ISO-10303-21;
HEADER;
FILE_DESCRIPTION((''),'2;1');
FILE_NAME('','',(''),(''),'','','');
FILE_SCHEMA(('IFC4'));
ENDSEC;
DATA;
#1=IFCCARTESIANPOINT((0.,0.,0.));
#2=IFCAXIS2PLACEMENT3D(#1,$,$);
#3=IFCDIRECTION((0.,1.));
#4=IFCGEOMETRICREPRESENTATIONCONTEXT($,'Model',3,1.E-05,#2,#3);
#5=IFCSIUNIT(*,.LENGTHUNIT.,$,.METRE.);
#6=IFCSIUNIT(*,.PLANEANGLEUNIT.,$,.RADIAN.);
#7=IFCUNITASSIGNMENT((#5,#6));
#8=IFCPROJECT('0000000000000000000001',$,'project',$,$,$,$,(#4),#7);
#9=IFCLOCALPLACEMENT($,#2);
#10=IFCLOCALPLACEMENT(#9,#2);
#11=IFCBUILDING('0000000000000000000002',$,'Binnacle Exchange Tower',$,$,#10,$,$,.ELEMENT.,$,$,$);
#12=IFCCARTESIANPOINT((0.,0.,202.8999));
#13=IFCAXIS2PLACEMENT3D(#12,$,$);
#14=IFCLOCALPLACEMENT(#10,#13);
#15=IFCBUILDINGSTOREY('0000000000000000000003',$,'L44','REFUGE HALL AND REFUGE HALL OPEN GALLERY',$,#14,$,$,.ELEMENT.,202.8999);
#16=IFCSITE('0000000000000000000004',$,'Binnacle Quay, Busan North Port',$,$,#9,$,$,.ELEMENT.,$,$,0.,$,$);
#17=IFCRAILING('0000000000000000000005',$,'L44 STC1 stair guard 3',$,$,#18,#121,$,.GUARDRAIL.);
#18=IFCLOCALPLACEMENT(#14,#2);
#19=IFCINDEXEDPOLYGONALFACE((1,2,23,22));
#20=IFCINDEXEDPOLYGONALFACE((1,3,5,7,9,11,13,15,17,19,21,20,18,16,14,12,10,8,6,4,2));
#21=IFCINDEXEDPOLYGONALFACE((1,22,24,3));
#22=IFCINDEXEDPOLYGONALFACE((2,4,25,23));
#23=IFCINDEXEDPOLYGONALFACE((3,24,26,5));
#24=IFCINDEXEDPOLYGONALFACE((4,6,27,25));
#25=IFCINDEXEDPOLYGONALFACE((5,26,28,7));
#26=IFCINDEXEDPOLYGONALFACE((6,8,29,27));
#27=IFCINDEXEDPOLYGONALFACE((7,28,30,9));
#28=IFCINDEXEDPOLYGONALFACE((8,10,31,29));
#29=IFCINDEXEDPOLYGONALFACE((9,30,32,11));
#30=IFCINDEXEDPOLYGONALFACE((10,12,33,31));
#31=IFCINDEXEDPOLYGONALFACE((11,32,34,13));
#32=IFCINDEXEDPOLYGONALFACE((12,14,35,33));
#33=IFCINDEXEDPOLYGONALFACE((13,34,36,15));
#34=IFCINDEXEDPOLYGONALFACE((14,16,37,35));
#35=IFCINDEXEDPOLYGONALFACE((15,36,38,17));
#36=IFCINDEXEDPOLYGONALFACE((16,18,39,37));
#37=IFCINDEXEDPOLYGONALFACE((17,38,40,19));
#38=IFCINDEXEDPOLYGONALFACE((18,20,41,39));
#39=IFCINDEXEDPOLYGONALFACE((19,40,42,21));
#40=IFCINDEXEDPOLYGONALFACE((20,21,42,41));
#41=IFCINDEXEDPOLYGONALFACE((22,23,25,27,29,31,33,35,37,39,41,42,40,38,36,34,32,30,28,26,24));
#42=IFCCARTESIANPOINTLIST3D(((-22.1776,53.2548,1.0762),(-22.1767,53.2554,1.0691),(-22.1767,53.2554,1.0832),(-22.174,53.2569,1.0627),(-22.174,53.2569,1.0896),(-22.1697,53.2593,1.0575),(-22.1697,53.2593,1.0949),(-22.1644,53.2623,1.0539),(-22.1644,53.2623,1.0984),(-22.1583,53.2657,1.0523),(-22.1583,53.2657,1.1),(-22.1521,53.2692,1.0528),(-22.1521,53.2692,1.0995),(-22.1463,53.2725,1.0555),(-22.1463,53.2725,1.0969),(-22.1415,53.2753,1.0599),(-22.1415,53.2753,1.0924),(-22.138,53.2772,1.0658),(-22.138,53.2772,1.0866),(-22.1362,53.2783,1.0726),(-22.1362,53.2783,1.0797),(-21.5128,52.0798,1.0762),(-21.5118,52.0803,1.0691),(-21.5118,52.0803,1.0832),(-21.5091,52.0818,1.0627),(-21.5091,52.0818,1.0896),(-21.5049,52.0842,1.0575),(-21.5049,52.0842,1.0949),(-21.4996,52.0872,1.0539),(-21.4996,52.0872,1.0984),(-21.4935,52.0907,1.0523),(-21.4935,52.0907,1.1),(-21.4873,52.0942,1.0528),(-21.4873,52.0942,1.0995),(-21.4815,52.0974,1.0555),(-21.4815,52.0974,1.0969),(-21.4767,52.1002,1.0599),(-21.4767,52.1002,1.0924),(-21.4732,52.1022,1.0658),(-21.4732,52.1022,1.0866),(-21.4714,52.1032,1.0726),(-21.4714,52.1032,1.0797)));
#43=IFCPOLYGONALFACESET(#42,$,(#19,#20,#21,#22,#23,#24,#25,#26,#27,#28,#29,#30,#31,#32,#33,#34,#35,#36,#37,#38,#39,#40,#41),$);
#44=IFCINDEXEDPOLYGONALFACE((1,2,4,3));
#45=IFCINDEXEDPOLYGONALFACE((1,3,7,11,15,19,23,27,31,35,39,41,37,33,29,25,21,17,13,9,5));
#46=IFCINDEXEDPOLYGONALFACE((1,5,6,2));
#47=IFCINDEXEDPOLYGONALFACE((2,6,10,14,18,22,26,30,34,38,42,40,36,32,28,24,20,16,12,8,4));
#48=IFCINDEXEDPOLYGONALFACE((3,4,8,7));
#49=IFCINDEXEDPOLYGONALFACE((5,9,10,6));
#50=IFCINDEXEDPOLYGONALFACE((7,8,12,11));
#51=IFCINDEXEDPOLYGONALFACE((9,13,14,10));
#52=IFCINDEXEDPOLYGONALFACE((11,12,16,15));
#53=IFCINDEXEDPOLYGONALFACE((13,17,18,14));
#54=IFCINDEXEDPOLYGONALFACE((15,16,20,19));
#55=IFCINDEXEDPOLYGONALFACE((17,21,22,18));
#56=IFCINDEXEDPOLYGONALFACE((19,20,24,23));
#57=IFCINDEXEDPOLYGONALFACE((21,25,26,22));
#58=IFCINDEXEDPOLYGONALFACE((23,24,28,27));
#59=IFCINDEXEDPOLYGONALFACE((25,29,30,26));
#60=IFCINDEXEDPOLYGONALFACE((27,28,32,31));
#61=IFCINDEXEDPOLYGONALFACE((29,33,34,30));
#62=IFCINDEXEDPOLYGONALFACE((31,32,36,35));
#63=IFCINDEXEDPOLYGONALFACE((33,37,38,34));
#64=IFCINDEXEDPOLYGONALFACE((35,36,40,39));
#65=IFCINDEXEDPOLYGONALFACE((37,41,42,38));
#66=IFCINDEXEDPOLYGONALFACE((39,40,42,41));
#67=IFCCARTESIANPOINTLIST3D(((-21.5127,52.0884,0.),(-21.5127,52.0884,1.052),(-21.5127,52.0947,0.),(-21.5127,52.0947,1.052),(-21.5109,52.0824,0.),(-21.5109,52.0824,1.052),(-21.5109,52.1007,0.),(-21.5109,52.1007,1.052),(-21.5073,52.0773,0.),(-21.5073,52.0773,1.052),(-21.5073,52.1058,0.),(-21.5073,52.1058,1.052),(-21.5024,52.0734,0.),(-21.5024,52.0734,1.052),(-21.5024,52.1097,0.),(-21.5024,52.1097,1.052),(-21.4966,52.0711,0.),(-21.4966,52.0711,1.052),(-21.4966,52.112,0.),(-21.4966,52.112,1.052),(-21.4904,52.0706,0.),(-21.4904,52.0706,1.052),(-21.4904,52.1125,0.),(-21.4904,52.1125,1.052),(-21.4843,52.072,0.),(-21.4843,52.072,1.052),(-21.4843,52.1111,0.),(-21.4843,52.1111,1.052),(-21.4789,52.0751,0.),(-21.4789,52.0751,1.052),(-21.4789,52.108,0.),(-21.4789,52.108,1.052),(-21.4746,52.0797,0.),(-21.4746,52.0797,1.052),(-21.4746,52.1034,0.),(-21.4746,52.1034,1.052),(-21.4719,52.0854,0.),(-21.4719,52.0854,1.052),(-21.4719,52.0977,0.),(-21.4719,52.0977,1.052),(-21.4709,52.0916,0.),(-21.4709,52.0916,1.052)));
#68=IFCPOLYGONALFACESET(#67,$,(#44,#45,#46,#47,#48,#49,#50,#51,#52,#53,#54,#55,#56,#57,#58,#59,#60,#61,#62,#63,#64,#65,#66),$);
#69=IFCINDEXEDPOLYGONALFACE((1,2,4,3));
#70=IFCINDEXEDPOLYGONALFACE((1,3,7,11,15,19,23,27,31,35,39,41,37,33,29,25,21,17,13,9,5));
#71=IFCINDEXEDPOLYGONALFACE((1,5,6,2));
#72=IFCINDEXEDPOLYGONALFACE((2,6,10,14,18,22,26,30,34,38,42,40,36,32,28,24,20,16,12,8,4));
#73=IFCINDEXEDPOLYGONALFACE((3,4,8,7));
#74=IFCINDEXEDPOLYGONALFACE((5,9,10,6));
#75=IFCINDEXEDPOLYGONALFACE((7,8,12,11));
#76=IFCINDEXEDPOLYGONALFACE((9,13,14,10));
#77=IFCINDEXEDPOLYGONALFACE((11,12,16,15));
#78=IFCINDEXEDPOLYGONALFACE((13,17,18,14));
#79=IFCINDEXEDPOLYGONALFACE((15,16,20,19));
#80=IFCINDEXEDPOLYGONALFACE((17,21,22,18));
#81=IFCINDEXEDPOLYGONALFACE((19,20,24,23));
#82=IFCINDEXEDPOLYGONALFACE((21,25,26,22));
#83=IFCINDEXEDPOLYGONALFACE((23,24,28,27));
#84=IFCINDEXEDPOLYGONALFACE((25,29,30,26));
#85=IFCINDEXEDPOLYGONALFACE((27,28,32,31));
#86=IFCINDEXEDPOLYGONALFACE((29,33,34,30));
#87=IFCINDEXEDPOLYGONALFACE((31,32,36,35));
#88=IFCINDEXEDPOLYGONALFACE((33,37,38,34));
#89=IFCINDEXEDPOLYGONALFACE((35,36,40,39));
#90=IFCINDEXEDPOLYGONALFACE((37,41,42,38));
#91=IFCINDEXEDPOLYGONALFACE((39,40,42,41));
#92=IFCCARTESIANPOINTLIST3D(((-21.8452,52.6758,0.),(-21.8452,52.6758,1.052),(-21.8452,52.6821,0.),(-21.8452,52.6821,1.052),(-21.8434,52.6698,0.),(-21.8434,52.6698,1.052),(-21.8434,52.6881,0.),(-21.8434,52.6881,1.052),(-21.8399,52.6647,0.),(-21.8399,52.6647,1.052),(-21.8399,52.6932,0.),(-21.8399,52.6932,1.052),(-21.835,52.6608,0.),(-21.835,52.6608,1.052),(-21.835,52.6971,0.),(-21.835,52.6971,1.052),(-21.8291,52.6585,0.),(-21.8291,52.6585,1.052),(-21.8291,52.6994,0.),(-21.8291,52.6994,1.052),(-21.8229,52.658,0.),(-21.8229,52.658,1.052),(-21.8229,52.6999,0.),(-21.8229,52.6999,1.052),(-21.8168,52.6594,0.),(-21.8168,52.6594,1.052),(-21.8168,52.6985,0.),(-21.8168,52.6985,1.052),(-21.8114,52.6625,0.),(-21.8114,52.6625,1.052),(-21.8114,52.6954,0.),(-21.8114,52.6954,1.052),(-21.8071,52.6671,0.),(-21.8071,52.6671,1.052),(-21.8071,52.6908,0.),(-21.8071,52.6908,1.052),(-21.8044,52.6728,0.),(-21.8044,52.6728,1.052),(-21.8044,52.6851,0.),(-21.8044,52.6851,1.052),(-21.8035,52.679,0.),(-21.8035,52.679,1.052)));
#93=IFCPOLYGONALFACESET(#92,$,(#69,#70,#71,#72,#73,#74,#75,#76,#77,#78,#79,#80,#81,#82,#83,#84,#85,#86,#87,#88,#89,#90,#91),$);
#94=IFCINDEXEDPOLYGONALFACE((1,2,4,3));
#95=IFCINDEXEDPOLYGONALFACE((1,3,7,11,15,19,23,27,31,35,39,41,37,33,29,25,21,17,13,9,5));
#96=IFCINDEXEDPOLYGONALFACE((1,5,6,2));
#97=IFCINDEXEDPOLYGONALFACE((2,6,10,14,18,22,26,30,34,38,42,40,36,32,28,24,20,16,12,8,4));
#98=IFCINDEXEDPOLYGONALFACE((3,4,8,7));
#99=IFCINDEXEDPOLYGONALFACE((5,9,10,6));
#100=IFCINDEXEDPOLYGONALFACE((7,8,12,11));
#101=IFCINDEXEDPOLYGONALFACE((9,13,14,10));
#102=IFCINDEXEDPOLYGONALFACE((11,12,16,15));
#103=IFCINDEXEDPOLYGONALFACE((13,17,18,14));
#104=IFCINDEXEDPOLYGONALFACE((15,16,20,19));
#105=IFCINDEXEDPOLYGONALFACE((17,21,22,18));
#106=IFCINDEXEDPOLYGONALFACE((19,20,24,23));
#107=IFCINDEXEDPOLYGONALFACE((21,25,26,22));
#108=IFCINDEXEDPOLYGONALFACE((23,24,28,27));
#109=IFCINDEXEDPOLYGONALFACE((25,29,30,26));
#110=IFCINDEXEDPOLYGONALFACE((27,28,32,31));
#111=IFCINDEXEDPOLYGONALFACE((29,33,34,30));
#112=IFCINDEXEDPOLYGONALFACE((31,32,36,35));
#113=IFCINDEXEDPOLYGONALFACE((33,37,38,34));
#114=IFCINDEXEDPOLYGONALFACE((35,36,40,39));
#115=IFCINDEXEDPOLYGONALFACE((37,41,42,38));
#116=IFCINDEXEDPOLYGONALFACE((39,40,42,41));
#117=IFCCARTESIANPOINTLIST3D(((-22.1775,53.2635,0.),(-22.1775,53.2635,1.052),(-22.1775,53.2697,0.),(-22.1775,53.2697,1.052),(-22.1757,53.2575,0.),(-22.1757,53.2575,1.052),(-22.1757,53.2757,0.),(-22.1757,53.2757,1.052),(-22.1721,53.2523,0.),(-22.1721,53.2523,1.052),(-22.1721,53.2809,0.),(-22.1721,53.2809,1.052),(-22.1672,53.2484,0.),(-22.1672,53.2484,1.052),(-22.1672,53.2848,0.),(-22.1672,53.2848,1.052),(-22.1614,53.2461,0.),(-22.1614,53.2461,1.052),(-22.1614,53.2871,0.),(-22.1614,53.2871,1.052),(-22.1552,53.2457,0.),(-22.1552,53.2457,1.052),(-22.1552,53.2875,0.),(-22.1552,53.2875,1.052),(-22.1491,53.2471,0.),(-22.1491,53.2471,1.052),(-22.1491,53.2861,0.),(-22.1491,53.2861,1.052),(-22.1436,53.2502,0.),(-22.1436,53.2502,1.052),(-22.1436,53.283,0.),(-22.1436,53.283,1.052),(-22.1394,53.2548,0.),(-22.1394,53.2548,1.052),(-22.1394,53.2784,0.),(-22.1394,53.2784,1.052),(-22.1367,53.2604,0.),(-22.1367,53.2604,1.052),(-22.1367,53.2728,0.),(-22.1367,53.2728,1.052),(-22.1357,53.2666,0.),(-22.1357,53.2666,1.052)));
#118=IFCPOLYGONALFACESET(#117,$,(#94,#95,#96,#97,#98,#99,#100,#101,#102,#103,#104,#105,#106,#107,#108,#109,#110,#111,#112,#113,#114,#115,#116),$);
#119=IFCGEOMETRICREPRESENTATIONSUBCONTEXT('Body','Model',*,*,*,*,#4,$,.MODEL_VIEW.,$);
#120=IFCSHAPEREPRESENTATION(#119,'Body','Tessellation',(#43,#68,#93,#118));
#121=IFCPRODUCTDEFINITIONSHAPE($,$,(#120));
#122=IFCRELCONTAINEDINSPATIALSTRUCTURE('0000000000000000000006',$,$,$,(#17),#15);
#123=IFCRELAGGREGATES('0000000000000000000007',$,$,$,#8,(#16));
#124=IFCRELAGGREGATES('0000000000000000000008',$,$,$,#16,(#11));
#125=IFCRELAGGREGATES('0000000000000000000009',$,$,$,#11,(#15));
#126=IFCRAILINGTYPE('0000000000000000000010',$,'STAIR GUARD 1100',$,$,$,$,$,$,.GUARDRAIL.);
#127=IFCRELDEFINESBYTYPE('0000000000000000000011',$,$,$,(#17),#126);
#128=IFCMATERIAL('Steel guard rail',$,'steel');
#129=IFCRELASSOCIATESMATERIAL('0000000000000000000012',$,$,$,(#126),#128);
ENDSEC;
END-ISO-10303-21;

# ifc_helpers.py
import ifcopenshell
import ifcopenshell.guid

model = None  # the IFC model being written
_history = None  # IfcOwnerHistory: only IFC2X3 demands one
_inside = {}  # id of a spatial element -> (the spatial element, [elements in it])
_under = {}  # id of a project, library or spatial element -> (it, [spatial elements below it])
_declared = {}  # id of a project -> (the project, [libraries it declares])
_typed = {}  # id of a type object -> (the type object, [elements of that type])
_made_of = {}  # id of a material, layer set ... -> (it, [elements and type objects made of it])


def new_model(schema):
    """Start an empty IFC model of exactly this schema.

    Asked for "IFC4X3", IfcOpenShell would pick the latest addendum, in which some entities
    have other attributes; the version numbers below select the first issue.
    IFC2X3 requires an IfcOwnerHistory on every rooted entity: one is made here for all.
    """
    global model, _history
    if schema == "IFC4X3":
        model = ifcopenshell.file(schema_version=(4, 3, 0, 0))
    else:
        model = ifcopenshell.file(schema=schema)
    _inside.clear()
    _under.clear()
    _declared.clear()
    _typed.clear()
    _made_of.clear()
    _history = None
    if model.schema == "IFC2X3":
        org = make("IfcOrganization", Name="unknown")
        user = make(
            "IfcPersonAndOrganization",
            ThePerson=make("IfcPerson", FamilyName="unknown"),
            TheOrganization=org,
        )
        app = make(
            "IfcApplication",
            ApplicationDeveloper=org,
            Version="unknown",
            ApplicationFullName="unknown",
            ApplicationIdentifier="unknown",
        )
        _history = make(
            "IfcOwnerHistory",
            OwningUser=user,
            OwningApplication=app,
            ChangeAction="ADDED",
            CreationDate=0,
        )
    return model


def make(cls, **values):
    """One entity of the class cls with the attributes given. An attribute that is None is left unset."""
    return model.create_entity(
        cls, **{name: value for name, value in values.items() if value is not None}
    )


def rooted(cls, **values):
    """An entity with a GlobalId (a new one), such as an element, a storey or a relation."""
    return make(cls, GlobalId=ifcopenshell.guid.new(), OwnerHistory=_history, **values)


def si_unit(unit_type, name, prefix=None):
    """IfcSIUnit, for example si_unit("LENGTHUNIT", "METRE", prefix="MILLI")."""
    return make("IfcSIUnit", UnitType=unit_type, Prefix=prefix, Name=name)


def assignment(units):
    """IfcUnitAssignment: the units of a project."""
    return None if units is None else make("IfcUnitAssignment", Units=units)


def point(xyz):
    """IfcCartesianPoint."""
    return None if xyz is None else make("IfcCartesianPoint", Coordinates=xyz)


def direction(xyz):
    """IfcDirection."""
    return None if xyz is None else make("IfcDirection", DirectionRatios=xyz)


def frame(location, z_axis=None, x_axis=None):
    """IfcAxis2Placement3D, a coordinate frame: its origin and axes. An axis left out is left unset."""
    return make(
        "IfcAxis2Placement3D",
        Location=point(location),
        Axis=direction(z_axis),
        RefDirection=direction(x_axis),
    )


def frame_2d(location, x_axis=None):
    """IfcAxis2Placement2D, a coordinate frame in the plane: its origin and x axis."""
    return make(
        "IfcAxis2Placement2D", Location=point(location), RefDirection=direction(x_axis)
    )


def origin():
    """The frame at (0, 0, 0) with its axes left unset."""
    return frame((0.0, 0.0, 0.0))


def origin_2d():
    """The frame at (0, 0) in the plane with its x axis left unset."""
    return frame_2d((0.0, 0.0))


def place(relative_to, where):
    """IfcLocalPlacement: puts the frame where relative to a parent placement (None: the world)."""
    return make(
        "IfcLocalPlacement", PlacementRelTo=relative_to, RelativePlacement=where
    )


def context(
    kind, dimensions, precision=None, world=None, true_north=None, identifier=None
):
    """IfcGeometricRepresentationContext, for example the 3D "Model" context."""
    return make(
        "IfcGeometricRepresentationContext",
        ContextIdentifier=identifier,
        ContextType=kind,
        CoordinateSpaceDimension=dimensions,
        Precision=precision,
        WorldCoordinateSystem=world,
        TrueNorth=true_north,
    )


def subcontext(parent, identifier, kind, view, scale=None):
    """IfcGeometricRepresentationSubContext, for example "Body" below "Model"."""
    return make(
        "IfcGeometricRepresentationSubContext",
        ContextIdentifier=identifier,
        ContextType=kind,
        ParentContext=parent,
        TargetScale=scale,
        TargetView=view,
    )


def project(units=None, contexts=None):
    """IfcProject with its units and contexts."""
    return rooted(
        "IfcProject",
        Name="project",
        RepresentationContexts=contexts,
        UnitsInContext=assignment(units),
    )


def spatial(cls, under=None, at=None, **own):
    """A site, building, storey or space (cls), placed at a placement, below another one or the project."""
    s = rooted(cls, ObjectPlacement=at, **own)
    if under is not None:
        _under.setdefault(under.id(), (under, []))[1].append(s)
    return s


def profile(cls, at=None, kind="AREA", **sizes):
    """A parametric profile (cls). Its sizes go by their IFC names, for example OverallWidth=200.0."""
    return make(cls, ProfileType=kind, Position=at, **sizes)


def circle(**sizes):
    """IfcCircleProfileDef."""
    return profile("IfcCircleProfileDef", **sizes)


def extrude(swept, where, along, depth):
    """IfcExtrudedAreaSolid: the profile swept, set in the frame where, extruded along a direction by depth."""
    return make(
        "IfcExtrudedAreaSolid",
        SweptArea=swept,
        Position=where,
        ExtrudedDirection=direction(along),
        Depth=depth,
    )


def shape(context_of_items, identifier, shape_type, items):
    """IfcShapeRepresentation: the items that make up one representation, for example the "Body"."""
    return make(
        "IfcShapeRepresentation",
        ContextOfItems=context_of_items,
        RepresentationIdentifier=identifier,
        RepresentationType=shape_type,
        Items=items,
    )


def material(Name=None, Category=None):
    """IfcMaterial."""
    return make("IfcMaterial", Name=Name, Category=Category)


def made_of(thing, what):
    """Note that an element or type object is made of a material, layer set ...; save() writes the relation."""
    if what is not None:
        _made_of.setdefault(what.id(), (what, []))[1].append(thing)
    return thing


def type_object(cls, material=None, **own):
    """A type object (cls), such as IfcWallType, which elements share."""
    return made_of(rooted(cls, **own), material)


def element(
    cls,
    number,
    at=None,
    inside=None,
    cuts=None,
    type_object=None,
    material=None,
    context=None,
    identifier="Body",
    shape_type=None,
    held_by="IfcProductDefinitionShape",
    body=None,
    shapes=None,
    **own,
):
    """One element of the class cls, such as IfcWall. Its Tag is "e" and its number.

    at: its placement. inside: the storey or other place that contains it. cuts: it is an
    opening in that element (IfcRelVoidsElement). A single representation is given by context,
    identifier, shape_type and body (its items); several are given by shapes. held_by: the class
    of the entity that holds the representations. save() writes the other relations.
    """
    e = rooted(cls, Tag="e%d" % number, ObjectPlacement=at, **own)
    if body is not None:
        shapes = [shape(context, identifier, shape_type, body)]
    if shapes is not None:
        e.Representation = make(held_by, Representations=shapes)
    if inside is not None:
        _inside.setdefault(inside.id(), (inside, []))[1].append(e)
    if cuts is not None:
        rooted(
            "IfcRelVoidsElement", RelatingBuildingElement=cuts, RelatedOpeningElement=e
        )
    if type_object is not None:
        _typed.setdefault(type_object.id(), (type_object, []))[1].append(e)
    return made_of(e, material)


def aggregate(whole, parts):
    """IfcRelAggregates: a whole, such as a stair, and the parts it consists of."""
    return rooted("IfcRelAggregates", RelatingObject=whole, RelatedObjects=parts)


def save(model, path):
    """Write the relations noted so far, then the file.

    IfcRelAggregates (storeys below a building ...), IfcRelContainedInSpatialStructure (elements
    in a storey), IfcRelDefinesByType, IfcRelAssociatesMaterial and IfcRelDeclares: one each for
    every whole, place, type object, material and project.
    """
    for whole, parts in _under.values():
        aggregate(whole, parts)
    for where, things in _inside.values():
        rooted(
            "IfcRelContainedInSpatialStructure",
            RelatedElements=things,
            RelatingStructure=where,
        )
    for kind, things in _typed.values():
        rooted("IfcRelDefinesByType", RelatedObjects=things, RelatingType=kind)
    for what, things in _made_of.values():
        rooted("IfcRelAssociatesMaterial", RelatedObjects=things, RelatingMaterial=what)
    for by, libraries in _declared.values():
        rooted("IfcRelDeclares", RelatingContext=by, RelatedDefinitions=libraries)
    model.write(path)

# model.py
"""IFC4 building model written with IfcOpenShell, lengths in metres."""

from ifc_helpers import new_model, si_unit, direction, frame, origin, origin_2d, place, context, subcontext, project, spatial, circle, extrude, material, type_object, element, save


model = new_model("IFC4")

# Units and contexts
model_context = context("Model", 3, precision=1e-05, world=origin(), true_north=direction((0.0, 1.0)))
body_context = subcontext(model_context, "Body", "Model", "MODEL_VIEW")
ifc_project = project(units=[si_unit("LENGTHUNIT", "METRE"), si_unit("PLANEANGLEUNIT", "RADIAN")], contexts=[model_context])

# Site, building, storey
site_placement = place(None, origin())
site = spatial("IfcSite", under=ifc_project, at=site_placement, Name="Binnacle Quay, Busan North Port", CompositionType="ELEMENT", RefElevation=0.0)
building_placement = place(site_placement, origin())
building = spatial("IfcBuilding", under=site, at=building_placement, Name="Binnacle Exchange Tower", CompositionType="ELEMENT")
storey_placement = place(building_placement, frame((0.0, 0.0, 202.8999)))
storey = spatial("IfcBuildingStorey", under=building, at=storey_placement, Name="L44", Description="REFUGE HALL AND REFUGE HALL OPEN GALLERY", CompositionType="ELEMENT", Elevation=202.8999)

# Railing
ifc_material_1 = material(Name="Steel guard rail", Category="steel")
railing_type_1 = type_object("IfcRailingType", Name="STAIR GUARD 1100", PredefinedType="GUARDRAIL", material=ifc_material_1)
railing_1_placement = place(storey_placement, frame((-21.4919, 52.0916, 0.0)))
element("IfcRailing", 1, at=railing_1_placement, inside=storey, type_object=railing_type_1, Name="L44 STC1 stair guard 3", PredefinedType="GUARDRAIL", context=body_context, shape_type="SweptSolid", body=[
    extrude(circle(Radius=0.0239, at=origin_2d()), frame((0.0, 0.0, 1.0762), z_axis=(-0.492415, 0.870361, 0.0), x_axis=(-0.870361, -0.492415, 0.0)), (0.0, 0.0, 1.0), 1.3501),
    extrude(circle(Radius=0.021, at=origin_2d()), origin(), (0.0, 0.0, 1.0), 1.052),
    extrude(circle(Radius=0.021, at=origin_2d()), frame((-0.3325, 0.5874, 0.0)), (0.0, 0.0, 1.0), 1.052),
    extrude(circle(Radius=0.021, at=origin_2d()), frame((-0.6648, 1.175, 0.0)), (0.0, 0.0, 1.0), 1.052),
])

save(model, "model.ifc")
